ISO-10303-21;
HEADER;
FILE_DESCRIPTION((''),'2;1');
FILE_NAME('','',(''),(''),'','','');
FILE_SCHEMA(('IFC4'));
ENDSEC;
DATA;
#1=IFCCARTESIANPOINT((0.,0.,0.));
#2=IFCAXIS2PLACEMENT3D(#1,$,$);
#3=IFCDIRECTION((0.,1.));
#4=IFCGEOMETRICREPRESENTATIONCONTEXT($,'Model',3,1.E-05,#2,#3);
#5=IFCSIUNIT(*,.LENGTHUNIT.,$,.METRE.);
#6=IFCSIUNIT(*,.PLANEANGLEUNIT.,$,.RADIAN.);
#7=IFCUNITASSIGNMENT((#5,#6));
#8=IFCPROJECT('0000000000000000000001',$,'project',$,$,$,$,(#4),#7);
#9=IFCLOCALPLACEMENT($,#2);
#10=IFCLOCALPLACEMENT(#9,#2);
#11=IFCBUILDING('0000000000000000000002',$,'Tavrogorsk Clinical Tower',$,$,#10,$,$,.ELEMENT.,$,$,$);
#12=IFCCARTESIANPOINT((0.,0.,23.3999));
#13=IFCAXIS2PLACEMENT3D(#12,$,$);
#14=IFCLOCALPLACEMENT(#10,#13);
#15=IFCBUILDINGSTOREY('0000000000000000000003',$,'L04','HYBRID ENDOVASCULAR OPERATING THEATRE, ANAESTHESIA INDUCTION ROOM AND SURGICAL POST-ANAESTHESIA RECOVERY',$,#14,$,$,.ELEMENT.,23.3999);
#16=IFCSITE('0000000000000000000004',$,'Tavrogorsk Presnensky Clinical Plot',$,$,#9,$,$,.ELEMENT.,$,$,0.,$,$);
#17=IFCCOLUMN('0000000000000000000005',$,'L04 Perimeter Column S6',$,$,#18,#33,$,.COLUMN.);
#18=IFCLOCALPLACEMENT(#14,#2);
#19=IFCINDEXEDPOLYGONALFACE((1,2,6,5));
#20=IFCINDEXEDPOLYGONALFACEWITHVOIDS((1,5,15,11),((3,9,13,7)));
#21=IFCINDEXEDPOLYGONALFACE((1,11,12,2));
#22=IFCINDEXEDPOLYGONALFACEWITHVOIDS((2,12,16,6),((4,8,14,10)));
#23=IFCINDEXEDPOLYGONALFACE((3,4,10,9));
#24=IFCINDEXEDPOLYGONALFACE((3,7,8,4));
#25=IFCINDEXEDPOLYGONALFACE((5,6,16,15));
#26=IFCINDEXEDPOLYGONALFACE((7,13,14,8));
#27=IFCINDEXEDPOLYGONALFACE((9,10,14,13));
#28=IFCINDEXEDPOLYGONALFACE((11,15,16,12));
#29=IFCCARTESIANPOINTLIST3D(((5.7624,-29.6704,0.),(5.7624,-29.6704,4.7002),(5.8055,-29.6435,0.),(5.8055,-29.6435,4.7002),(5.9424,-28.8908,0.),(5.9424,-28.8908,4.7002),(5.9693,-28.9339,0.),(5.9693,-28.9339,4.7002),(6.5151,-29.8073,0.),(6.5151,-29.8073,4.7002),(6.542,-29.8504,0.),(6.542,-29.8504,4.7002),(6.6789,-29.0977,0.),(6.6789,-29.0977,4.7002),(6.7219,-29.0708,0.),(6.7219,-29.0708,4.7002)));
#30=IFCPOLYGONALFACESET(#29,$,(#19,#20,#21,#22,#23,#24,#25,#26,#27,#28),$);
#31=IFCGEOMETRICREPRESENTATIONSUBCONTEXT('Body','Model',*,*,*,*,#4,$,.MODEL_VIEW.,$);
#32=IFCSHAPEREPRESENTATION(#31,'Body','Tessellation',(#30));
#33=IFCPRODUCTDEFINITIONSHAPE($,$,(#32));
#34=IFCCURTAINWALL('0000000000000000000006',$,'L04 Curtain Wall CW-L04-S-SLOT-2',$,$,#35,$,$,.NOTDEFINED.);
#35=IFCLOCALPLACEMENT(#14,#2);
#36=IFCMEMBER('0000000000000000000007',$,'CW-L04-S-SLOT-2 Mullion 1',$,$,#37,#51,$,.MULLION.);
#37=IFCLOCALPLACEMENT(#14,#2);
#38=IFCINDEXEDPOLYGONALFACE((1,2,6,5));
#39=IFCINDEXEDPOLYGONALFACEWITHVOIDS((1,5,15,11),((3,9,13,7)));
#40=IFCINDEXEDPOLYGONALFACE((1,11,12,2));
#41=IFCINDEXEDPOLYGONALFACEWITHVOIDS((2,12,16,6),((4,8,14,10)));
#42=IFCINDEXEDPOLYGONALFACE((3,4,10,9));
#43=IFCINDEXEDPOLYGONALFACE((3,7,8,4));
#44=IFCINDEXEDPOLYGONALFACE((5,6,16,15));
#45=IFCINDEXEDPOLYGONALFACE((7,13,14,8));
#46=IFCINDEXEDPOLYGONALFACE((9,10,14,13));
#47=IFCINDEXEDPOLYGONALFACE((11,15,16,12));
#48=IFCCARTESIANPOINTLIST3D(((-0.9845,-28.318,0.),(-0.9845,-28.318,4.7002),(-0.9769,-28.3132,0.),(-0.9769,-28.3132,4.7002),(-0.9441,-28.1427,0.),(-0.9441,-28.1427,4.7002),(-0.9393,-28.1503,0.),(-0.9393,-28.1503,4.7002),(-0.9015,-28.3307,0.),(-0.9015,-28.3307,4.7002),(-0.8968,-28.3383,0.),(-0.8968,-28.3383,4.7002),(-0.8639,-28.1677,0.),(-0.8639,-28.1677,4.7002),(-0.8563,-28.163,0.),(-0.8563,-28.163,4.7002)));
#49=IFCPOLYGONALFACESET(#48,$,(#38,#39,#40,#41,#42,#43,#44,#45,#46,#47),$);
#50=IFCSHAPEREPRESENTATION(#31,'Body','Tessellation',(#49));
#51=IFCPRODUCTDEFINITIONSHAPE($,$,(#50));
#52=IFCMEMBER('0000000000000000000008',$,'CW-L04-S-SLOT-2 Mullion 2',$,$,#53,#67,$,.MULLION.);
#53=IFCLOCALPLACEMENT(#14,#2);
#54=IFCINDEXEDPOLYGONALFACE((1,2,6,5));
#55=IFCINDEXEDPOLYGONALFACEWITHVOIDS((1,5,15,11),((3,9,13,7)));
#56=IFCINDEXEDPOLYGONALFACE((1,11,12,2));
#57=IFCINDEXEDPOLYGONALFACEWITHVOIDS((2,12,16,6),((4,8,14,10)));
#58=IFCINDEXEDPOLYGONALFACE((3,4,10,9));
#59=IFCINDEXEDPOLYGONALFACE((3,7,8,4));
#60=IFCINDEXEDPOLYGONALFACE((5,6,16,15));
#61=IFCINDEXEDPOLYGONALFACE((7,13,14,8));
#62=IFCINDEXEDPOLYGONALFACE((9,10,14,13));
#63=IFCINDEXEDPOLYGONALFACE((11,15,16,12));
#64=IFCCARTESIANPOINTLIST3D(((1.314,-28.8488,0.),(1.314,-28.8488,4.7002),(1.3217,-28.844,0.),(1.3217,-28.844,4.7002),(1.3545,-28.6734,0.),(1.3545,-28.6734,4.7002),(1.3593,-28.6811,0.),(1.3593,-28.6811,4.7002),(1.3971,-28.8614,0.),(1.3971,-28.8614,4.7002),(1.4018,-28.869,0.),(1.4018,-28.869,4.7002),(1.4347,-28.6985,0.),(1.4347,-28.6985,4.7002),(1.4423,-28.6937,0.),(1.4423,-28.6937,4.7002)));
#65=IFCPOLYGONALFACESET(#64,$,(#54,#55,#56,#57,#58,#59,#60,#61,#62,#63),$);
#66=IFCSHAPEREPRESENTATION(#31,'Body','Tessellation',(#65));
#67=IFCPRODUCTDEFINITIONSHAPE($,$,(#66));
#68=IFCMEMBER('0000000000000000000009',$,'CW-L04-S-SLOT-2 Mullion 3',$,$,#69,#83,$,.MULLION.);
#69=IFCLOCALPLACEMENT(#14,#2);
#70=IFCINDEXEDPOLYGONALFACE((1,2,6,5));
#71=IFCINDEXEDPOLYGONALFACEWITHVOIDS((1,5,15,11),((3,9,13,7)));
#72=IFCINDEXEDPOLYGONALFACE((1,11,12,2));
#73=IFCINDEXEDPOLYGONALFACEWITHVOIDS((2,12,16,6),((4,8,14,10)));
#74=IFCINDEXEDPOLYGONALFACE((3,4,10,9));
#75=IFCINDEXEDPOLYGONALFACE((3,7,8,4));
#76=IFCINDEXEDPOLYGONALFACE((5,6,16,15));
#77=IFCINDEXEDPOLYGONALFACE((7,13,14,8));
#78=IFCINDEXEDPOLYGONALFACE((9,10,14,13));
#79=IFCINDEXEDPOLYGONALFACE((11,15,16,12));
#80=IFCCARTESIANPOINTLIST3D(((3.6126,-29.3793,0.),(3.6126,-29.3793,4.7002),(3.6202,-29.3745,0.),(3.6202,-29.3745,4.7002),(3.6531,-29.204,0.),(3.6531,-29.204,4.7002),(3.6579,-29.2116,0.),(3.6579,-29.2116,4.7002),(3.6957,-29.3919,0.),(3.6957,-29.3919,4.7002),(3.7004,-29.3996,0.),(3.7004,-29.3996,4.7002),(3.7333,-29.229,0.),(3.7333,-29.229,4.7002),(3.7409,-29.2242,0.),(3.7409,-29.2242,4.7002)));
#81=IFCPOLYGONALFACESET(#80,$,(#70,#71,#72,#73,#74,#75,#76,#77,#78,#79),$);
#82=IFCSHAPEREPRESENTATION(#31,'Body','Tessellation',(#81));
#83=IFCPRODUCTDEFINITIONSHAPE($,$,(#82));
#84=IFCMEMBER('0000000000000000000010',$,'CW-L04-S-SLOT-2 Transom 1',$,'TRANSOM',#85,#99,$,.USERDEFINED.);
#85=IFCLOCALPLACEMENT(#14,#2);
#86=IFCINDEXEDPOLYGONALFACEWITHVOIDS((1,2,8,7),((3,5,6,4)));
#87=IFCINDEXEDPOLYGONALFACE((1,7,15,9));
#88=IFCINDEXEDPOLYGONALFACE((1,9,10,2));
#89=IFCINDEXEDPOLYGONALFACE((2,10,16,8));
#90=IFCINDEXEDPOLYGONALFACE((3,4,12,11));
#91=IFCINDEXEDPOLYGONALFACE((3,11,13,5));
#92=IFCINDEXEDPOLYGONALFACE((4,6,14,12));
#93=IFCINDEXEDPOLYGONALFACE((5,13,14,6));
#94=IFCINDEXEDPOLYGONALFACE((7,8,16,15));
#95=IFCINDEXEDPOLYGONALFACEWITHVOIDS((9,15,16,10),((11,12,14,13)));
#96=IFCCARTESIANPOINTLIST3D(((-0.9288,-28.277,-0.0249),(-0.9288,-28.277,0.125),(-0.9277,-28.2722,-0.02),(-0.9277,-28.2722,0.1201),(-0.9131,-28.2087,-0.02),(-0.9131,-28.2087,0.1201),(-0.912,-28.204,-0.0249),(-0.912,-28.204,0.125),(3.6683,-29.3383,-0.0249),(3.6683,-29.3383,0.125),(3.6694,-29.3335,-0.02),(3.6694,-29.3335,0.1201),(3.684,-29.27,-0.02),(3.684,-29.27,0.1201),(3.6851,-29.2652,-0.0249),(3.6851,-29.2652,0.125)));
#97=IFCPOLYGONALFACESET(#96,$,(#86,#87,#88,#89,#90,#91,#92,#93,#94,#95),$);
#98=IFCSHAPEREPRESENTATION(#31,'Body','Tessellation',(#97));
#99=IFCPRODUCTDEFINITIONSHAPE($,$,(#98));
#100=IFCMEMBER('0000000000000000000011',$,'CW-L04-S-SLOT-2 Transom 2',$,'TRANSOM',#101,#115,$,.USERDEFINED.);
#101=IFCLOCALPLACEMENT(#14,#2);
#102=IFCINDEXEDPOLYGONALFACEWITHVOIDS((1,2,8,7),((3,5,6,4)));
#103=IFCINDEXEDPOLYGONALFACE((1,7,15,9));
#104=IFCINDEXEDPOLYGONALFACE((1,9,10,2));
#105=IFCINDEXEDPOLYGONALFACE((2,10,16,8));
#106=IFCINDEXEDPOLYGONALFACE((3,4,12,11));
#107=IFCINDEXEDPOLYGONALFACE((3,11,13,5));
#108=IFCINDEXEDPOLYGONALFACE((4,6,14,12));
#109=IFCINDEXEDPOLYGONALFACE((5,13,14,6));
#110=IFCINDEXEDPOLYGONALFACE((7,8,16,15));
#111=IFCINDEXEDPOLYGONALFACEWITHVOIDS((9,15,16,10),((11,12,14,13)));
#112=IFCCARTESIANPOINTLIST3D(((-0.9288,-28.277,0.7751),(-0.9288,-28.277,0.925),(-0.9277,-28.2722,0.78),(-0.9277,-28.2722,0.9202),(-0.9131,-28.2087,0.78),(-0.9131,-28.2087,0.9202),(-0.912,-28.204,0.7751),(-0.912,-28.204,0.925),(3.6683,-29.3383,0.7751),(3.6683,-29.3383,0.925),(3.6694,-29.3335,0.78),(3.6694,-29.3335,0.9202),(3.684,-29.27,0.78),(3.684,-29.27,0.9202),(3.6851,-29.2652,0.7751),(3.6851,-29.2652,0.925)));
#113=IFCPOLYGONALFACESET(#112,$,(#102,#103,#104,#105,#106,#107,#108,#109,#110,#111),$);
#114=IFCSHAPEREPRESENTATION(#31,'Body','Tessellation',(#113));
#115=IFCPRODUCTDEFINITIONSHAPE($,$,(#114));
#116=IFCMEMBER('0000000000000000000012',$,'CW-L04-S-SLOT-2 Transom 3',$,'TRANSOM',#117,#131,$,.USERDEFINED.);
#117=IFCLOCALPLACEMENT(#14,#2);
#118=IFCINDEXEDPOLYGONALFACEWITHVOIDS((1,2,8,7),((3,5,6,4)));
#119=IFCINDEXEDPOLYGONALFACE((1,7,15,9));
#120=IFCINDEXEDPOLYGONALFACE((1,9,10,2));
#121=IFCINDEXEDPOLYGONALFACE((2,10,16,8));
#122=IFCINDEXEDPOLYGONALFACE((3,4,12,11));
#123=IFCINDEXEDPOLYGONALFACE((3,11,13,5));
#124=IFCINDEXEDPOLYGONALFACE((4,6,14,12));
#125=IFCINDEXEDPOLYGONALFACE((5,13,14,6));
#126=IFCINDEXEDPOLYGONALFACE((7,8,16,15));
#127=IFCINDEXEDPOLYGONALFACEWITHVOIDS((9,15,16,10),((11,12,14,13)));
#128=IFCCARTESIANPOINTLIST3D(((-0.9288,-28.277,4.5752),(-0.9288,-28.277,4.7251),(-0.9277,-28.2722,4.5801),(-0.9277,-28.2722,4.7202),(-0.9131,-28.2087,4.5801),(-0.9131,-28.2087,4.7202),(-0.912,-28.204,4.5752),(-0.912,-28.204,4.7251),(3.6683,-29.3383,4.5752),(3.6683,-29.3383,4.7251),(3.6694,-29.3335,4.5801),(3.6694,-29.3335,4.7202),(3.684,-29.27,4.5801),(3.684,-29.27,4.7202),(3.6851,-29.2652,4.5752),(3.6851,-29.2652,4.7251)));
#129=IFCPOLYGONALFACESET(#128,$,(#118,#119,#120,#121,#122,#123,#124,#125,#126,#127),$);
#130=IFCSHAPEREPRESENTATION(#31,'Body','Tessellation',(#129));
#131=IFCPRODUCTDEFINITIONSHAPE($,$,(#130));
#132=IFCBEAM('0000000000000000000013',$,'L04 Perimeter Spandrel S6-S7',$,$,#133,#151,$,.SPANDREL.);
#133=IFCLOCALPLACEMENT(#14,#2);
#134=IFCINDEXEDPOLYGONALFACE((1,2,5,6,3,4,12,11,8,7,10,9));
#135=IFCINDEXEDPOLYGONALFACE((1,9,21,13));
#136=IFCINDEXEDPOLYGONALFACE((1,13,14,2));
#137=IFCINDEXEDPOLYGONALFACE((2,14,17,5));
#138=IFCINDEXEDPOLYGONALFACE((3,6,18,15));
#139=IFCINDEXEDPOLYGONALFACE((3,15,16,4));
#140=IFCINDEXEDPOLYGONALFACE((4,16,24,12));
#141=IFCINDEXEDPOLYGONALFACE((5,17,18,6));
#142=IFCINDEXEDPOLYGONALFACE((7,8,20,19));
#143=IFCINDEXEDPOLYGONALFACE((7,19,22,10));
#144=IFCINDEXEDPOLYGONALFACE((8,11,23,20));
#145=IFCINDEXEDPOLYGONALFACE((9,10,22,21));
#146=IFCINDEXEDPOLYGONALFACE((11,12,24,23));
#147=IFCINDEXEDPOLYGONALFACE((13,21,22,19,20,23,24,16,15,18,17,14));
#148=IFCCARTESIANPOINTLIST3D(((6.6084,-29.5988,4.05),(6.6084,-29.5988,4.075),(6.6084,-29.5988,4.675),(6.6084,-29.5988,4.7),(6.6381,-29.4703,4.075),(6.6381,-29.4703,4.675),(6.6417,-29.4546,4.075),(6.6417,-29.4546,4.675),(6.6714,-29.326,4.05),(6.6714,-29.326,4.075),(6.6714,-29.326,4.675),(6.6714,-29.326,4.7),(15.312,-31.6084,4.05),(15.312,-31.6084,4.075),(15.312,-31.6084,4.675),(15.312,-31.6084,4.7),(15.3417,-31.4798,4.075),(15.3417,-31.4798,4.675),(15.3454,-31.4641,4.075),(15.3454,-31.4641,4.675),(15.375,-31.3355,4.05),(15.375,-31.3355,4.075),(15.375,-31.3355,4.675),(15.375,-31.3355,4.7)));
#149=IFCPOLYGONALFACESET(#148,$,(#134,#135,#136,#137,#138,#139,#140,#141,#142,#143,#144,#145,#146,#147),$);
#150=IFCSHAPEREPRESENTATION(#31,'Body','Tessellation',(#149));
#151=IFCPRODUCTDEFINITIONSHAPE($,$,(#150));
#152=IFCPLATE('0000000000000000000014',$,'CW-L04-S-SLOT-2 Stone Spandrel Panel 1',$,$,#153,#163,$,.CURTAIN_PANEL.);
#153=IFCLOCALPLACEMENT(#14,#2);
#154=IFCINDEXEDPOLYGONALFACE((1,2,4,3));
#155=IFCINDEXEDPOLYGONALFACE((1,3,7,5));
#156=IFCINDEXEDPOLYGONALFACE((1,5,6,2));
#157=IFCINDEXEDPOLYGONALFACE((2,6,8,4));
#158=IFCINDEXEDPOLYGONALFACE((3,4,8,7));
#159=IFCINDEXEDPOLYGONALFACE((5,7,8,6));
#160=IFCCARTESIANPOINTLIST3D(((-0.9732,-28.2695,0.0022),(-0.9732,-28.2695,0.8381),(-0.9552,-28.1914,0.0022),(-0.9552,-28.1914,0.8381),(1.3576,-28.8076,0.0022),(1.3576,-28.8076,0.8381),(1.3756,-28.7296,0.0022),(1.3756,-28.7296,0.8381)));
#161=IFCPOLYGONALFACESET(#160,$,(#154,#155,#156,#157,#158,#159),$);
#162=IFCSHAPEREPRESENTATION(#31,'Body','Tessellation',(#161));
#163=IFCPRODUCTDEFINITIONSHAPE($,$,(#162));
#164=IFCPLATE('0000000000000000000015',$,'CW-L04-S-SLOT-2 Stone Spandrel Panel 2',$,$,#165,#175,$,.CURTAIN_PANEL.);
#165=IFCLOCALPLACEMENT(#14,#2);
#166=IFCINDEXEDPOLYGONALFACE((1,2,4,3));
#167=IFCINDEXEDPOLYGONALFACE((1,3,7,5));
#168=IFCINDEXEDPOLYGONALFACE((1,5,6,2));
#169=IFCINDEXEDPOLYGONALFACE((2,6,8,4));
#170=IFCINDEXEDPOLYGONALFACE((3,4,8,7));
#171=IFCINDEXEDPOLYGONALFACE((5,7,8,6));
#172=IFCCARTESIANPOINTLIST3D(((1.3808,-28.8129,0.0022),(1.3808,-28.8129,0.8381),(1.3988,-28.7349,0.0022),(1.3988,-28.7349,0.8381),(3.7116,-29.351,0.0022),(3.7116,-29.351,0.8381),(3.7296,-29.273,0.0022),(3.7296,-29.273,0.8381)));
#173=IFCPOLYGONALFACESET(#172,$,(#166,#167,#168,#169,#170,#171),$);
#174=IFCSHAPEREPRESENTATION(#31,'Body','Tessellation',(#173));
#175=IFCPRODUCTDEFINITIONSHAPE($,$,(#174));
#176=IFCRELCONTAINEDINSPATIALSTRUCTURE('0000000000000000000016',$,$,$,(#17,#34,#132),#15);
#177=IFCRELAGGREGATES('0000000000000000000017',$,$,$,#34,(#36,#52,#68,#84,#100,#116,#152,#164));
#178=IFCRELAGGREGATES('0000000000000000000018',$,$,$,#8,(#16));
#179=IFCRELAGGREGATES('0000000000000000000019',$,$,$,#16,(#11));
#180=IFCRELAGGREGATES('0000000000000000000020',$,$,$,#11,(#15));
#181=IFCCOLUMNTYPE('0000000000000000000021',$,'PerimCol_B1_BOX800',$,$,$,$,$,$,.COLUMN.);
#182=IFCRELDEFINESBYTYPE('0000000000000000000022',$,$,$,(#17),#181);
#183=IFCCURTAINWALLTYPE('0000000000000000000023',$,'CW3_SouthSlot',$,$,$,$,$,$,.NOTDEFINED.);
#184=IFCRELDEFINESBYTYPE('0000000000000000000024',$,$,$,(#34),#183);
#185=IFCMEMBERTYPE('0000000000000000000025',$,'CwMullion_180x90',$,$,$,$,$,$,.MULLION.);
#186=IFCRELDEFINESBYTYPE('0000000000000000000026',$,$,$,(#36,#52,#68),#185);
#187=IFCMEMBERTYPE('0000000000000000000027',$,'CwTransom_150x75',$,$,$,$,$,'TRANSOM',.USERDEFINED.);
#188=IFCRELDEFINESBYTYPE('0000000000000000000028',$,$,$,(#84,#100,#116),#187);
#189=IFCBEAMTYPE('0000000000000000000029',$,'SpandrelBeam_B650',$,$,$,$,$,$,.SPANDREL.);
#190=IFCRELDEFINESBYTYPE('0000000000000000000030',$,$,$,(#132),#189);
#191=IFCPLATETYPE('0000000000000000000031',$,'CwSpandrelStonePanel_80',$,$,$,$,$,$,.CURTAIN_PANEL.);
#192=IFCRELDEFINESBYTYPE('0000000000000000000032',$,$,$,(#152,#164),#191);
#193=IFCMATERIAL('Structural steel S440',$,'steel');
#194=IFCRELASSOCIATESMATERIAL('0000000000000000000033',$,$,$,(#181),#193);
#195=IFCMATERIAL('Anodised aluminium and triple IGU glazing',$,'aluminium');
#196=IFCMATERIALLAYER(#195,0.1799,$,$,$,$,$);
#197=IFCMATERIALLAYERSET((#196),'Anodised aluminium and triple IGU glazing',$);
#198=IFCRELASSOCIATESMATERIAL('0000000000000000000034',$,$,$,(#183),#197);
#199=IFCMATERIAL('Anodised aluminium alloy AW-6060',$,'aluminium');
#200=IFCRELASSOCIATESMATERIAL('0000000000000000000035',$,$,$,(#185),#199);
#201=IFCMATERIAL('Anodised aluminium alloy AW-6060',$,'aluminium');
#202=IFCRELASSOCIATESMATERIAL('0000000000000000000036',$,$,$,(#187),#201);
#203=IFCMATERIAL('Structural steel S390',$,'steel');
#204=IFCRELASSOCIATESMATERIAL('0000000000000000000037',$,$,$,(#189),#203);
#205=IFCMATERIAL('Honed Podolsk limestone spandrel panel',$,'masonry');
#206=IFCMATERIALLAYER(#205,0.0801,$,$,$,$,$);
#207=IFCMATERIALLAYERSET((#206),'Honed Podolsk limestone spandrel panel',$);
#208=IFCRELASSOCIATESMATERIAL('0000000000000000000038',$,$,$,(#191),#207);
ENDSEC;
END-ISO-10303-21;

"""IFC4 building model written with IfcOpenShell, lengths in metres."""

from ifc_helpers import new_model, si_unit, direction, frame, origin, origin_2d, place, context, subcontext, project, spatial, rectangle, hollow_rectangle, i_section, extrude, material, layer, layer_set, material_profile, profile_set, type_object, element, aggregate, save


model = new_model("IFC4")

# Units and contexts
model_context = context("Model", 3, precision=1e-05, world=origin(), true_north=direction((0.0, 1.0)))
body_context = subcontext(model_context, "Body", "Model", "MODEL_VIEW")
ifc_project = project(units=[si_unit("LENGTHUNIT", "METRE"), si_unit("PLANEANGLEUNIT", "RADIAN")], contexts=[model_context])

# Site, building, storey
site_placement = place(None, origin())
site = spatial("IfcSite", under=ifc_project, at=site_placement, Name="Tavrogorsk Presnensky Clinical Plot", CompositionType="ELEMENT", RefElevation=0.0)
building_placement = place(site_placement, origin())
building = spatial("IfcBuilding", under=site, at=building_placement, Name="Tavrogorsk Clinical Tower", CompositionType="ELEMENT")
storey_placement = place(building_placement, frame((0.0, 0.0, 23.3999)))
storey = spatial("IfcBuildingStorey", under=building, at=storey_placement, Name="L04", Description="HYBRID ENDOVASCULAR OPERATING THEATRE, ANAESTHESIA INDUCTION ROOM AND SURGICAL POST-ANAESTHESIA RECOVERY", CompositionType="ELEMENT", Elevation=23.3999)

# Column
ifc_material_1 = material(Name="Structural steel S440", Category="steel")
ifc_material_profile_1 = material_profile(ifc_material_1, hollow_rectangle(XDim=0.8, YDim=0.8, WallThickness=0.0359, at=origin_2d()), Name="BOX-800x800x36")
ifc_profile_set_1 = profile_set([ifc_material_profile_1], Name="Structural steel S440")
column_type = type_object("IfcColumnType", Name="PerimCol_B1_BOX800", PredefinedType="COLUMN", material=ifc_profile_set_1)
column_placement = place(storey_placement, frame((6.2422, -29.3706, 0.0), z_axis=(0.0, 0.0, 1.0), x_axis=(0.97437, -0.224951, 0.0)))
element("IfcColumn", 1, at=column_placement, inside=storey, type_object=column_type, Name="L04 Perimeter Column S6", PredefinedType="COLUMN", context=body_context, shape_type="SweptSolid", body=[
    extrude(hollow_rectangle(XDim=0.8, YDim=0.8, WallThickness=0.0359, at=origin_2d()), origin(), (0.0, 0.0, 1.0), 4.7002),
])

# Curtain wall, members
ifc_material_2 = material(Name="Anodised aluminium and triple IGU glazing", Category="aluminium")
ifc_layer_1 = layer(ifc_material_2, 0.1799)
ifc_layer_set_1 = layer_set([ifc_layer_1], Name="Anodised aluminium and triple IGU glazing")
curtain_wall_type = type_object("IfcCurtainWallType", Name="CW3_SouthSlot", PredefinedType="NOTDEFINED", material=ifc_layer_set_1)
curtain_wall_placement = place(storey_placement, origin())
curtain_wall = element("IfcCurtainWall", 2, at=curtain_wall_placement, inside=storey, type_object=curtain_wall_type, Name="L04 Curtain Wall CW-L04-S-SLOT-2", PredefinedType="NOTDEFINED")
ifc_material_3 = material(Name="Anodised aluminium alloy AW-6060", Category="aluminium")
ifc_material_profile_2 = material_profile(ifc_material_3, hollow_rectangle(XDim=0.0901, YDim=0.1799, WallThickness=0.0063, at=origin_2d()), Name="RHS-180x90x6.3")
ifc_profile_set_2 = profile_set([ifc_material_profile_2], Name="Anodised aluminium alloy AW-6060")
member_type_1 = type_object("IfcMemberType", Name="CwMullion_180x90", PredefinedType="MULLION", material=ifc_profile_set_2)
member_1_placement = place(storey_placement, frame((-0.9204, -28.2405, 0.0), z_axis=(0.0, 0.0, 1.0), x_axis=(0.97437, -0.224951, 0.0)))
member_1 = element("IfcMember", 3, at=member_1_placement, type_object=member_type_1, Name="CW-L04-S-SLOT-2 Mullion 1", PredefinedType="MULLION", context=body_context, shape_type="SweptSolid", body=[
    extrude(hollow_rectangle(XDim=0.0901, YDim=0.1799, WallThickness=0.0063, at=origin_2d()), origin(), (0.0, 0.0, 1.0), 4.7002),
])
member_2_placement = place(storey_placement, frame((1.3782, -28.7712, 0.0), z_axis=(0.0, 0.0, 1.0), x_axis=(0.97437, -0.224951, 0.0)))
member_2 = element("IfcMember", 4, at=member_2_placement, type_object=member_type_1, Name="CW-L04-S-SLOT-2 Mullion 2", PredefinedType="MULLION", context=body_context, shape_type="SweptSolid", body=[
    extrude(hollow_rectangle(XDim=0.0901, YDim=0.1799, WallThickness=0.0063, at=origin_2d()), origin(), (0.0, 0.0, 1.0), 4.7002),
])
member_3_placement = place(storey_placement, frame((3.6768, -29.3018, 0.0), z_axis=(0.0, 0.0, 1.0), x_axis=(0.97437, -0.224951, 0.0)))
member_3 = element("IfcMember", 5, at=member_3_placement, type_object=member_type_1, Name="CW-L04-S-SLOT-2 Mullion 3", PredefinedType="MULLION", context=body_context, shape_type="SweptSolid", body=[
    extrude(hollow_rectangle(XDim=0.0901, YDim=0.1799, WallThickness=0.0063, at=origin_2d()), origin(), (0.0, 0.0, 1.0), 4.7002),
])
ifc_material_4 = material(Name="Anodised aluminium alloy AW-6060", Category="aluminium")
ifc_material_profile_3 = material_profile(ifc_material_4, hollow_rectangle(XDim=0.075, YDim=0.1499, WallThickness=0.0049, at=origin_2d()), Name="RHS-150x75x5")
ifc_profile_set_3 = profile_set([ifc_material_profile_3], Name="Anodised aluminium alloy AW-6060")
member_type_2 = type_object("IfcMemberType", Name="CwTransom_150x75", ElementType="TRANSOM", PredefinedType="USERDEFINED", material=ifc_profile_set_3)
member_4_placement = place(storey_placement, frame((-0.9204, -28.2405, 0.05), z_axis=(0.974373, -0.224939, 0.0), x_axis=(0.224939, 0.974373, 0.0)))
member_4 = element("IfcMember", 6, at=member_4_placement, type_object=member_type_2, Name="CW-L04-S-SLOT-2 Transom 1", ObjectType="TRANSOM", PredefinedType="USERDEFINED", context=body_context, shape_type="SweptSolid", body=[
    extrude(hollow_rectangle(XDim=0.075, YDim=0.1499, WallThickness=0.0049, at=origin_2d()), origin(), (0.0, 0.0, 1.0), 4.718),
])
member_5_placement = place(storey_placement, frame((-0.9204, -28.2405, 0.8501), z_axis=(0.974373, -0.224939, 0.0), x_axis=(0.224939, 0.974373, 0.0)))
member_5 = element("IfcMember", 7, at=member_5_placement, type_object=member_type_2, Name="CW-L04-S-SLOT-2 Transom 2", ObjectType="TRANSOM", PredefinedType="USERDEFINED", context=body_context, shape_type="SweptSolid", body=[
    extrude(hollow_rectangle(XDim=0.075, YDim=0.1499, WallThickness=0.0049, at=origin_2d()), origin(), (0.0, 0.0, 1.0), 4.718),
])
member_6_placement = place(storey_placement, frame((-0.9204, -28.2405, 4.6501), z_axis=(0.974373, -0.224939, 0.0), x_axis=(0.224939, 0.974373, 0.0)))
member_6 = element("IfcMember", 8, at=member_6_placement, type_object=member_type_2, Name="CW-L04-S-SLOT-2 Transom 3", ObjectType="TRANSOM", PredefinedType="USERDEFINED", context=body_context, shape_type="SweptSolid", body=[
    extrude(hollow_rectangle(XDim=0.075, YDim=0.1499, WallThickness=0.0049, at=origin_2d()), origin(), (0.0, 0.0, 1.0), 4.718),
])

# Beam
ifc_material_5 = material(Name="Structural steel S390", Category="steel")
ifc_material_profile_4 = material_profile(ifc_material_5, i_section(OverallWidth=0.28, OverallDepth=0.6499, WebThickness=0.0161, FlangeThickness=0.0249, at=origin_2d()), Name="B-650x280x16x25")
ifc_profile_set_4 = profile_set([ifc_material_profile_4], Name="Structural steel S390")
beam_type = type_object("IfcBeamType", Name="SpandrelBeam_B650", PredefinedType="SPANDREL", material=ifc_profile_set_4)
beam_placement = place(storey_placement, frame((6.6399, -29.4624, 4.375), z_axis=(0.974367, -0.224965, 0.0), x_axis=(0.224965, 0.974367, 0.0)))
element("IfcBeam", 9, at=beam_placement, inside=storey, type_object=beam_type, Name="L04 Perimeter Spandrel S6-S7", PredefinedType="SPANDREL", context=body_context, shape_type="SweptSolid", body=[
    extrude(i_section(OverallWidth=0.28, OverallDepth=0.6499, WebThickness=0.0161, FlangeThickness=0.0249, at=origin_2d()), origin(), (0.0, 0.0, 1.0), 8.9326),
])

# Plates
ifc_material_6 = material(Name="Honed Podolsk limestone spandrel panel", Category="masonry")
ifc_layer_2 = layer(ifc_material_6, 0.0801)
ifc_layer_set_2 = layer_set([ifc_layer_2], Name="Honed Podolsk limestone spandrel panel")
plate_type_1 = type_object("IfcPlateType", Name="CwSpandrelStonePanel_80", PredefinedType="CURTAIN_PANEL", material=ifc_layer_set_2)
plate_1_placement = place(storey_placement, frame((0.2012, -28.4995, 0.0022), z_axis=(0.0, 0.0, 1.0), x_axis=(0.97437, -0.224951, 0.0)))
plate_1 = element("IfcPlate", 10, at=plate_1_placement, type_object=plate_type_1, Name="CW-L04-S-SLOT-2 Stone Spandrel Panel 1", PredefinedType="CURTAIN_PANEL", context=body_context, shape_type="SweptSolid", body=[
    extrude(rectangle(XDim=2.3921, YDim=0.0801, at=origin_2d()), origin(), (0.0, 0.0, 1.0), 0.8359),
])
plate_2_placement = place(storey_placement, frame((2.5552, -29.043, 0.0022), z_axis=(0.0, 0.0, 1.0), x_axis=(0.97437, -0.224951, 0.0)))
plate_2 = element("IfcPlate", 11, at=plate_2_placement, type_object=plate_type_1, Name="CW-L04-S-SLOT-2 Stone Spandrel Panel 2", PredefinedType="CURTAIN_PANEL", context=body_context, shape_type="SweptSolid", body=[
    extrude(rectangle(XDim=2.3921, YDim=0.0801, at=origin_2d()), origin(), (0.0, 0.0, 1.0), 0.8359),
])
aggregate(curtain_wall, [member_1, member_2, member_3, member_4, member_5, member_6, plate_1, plate_2])

save(model, "model.ifc")
